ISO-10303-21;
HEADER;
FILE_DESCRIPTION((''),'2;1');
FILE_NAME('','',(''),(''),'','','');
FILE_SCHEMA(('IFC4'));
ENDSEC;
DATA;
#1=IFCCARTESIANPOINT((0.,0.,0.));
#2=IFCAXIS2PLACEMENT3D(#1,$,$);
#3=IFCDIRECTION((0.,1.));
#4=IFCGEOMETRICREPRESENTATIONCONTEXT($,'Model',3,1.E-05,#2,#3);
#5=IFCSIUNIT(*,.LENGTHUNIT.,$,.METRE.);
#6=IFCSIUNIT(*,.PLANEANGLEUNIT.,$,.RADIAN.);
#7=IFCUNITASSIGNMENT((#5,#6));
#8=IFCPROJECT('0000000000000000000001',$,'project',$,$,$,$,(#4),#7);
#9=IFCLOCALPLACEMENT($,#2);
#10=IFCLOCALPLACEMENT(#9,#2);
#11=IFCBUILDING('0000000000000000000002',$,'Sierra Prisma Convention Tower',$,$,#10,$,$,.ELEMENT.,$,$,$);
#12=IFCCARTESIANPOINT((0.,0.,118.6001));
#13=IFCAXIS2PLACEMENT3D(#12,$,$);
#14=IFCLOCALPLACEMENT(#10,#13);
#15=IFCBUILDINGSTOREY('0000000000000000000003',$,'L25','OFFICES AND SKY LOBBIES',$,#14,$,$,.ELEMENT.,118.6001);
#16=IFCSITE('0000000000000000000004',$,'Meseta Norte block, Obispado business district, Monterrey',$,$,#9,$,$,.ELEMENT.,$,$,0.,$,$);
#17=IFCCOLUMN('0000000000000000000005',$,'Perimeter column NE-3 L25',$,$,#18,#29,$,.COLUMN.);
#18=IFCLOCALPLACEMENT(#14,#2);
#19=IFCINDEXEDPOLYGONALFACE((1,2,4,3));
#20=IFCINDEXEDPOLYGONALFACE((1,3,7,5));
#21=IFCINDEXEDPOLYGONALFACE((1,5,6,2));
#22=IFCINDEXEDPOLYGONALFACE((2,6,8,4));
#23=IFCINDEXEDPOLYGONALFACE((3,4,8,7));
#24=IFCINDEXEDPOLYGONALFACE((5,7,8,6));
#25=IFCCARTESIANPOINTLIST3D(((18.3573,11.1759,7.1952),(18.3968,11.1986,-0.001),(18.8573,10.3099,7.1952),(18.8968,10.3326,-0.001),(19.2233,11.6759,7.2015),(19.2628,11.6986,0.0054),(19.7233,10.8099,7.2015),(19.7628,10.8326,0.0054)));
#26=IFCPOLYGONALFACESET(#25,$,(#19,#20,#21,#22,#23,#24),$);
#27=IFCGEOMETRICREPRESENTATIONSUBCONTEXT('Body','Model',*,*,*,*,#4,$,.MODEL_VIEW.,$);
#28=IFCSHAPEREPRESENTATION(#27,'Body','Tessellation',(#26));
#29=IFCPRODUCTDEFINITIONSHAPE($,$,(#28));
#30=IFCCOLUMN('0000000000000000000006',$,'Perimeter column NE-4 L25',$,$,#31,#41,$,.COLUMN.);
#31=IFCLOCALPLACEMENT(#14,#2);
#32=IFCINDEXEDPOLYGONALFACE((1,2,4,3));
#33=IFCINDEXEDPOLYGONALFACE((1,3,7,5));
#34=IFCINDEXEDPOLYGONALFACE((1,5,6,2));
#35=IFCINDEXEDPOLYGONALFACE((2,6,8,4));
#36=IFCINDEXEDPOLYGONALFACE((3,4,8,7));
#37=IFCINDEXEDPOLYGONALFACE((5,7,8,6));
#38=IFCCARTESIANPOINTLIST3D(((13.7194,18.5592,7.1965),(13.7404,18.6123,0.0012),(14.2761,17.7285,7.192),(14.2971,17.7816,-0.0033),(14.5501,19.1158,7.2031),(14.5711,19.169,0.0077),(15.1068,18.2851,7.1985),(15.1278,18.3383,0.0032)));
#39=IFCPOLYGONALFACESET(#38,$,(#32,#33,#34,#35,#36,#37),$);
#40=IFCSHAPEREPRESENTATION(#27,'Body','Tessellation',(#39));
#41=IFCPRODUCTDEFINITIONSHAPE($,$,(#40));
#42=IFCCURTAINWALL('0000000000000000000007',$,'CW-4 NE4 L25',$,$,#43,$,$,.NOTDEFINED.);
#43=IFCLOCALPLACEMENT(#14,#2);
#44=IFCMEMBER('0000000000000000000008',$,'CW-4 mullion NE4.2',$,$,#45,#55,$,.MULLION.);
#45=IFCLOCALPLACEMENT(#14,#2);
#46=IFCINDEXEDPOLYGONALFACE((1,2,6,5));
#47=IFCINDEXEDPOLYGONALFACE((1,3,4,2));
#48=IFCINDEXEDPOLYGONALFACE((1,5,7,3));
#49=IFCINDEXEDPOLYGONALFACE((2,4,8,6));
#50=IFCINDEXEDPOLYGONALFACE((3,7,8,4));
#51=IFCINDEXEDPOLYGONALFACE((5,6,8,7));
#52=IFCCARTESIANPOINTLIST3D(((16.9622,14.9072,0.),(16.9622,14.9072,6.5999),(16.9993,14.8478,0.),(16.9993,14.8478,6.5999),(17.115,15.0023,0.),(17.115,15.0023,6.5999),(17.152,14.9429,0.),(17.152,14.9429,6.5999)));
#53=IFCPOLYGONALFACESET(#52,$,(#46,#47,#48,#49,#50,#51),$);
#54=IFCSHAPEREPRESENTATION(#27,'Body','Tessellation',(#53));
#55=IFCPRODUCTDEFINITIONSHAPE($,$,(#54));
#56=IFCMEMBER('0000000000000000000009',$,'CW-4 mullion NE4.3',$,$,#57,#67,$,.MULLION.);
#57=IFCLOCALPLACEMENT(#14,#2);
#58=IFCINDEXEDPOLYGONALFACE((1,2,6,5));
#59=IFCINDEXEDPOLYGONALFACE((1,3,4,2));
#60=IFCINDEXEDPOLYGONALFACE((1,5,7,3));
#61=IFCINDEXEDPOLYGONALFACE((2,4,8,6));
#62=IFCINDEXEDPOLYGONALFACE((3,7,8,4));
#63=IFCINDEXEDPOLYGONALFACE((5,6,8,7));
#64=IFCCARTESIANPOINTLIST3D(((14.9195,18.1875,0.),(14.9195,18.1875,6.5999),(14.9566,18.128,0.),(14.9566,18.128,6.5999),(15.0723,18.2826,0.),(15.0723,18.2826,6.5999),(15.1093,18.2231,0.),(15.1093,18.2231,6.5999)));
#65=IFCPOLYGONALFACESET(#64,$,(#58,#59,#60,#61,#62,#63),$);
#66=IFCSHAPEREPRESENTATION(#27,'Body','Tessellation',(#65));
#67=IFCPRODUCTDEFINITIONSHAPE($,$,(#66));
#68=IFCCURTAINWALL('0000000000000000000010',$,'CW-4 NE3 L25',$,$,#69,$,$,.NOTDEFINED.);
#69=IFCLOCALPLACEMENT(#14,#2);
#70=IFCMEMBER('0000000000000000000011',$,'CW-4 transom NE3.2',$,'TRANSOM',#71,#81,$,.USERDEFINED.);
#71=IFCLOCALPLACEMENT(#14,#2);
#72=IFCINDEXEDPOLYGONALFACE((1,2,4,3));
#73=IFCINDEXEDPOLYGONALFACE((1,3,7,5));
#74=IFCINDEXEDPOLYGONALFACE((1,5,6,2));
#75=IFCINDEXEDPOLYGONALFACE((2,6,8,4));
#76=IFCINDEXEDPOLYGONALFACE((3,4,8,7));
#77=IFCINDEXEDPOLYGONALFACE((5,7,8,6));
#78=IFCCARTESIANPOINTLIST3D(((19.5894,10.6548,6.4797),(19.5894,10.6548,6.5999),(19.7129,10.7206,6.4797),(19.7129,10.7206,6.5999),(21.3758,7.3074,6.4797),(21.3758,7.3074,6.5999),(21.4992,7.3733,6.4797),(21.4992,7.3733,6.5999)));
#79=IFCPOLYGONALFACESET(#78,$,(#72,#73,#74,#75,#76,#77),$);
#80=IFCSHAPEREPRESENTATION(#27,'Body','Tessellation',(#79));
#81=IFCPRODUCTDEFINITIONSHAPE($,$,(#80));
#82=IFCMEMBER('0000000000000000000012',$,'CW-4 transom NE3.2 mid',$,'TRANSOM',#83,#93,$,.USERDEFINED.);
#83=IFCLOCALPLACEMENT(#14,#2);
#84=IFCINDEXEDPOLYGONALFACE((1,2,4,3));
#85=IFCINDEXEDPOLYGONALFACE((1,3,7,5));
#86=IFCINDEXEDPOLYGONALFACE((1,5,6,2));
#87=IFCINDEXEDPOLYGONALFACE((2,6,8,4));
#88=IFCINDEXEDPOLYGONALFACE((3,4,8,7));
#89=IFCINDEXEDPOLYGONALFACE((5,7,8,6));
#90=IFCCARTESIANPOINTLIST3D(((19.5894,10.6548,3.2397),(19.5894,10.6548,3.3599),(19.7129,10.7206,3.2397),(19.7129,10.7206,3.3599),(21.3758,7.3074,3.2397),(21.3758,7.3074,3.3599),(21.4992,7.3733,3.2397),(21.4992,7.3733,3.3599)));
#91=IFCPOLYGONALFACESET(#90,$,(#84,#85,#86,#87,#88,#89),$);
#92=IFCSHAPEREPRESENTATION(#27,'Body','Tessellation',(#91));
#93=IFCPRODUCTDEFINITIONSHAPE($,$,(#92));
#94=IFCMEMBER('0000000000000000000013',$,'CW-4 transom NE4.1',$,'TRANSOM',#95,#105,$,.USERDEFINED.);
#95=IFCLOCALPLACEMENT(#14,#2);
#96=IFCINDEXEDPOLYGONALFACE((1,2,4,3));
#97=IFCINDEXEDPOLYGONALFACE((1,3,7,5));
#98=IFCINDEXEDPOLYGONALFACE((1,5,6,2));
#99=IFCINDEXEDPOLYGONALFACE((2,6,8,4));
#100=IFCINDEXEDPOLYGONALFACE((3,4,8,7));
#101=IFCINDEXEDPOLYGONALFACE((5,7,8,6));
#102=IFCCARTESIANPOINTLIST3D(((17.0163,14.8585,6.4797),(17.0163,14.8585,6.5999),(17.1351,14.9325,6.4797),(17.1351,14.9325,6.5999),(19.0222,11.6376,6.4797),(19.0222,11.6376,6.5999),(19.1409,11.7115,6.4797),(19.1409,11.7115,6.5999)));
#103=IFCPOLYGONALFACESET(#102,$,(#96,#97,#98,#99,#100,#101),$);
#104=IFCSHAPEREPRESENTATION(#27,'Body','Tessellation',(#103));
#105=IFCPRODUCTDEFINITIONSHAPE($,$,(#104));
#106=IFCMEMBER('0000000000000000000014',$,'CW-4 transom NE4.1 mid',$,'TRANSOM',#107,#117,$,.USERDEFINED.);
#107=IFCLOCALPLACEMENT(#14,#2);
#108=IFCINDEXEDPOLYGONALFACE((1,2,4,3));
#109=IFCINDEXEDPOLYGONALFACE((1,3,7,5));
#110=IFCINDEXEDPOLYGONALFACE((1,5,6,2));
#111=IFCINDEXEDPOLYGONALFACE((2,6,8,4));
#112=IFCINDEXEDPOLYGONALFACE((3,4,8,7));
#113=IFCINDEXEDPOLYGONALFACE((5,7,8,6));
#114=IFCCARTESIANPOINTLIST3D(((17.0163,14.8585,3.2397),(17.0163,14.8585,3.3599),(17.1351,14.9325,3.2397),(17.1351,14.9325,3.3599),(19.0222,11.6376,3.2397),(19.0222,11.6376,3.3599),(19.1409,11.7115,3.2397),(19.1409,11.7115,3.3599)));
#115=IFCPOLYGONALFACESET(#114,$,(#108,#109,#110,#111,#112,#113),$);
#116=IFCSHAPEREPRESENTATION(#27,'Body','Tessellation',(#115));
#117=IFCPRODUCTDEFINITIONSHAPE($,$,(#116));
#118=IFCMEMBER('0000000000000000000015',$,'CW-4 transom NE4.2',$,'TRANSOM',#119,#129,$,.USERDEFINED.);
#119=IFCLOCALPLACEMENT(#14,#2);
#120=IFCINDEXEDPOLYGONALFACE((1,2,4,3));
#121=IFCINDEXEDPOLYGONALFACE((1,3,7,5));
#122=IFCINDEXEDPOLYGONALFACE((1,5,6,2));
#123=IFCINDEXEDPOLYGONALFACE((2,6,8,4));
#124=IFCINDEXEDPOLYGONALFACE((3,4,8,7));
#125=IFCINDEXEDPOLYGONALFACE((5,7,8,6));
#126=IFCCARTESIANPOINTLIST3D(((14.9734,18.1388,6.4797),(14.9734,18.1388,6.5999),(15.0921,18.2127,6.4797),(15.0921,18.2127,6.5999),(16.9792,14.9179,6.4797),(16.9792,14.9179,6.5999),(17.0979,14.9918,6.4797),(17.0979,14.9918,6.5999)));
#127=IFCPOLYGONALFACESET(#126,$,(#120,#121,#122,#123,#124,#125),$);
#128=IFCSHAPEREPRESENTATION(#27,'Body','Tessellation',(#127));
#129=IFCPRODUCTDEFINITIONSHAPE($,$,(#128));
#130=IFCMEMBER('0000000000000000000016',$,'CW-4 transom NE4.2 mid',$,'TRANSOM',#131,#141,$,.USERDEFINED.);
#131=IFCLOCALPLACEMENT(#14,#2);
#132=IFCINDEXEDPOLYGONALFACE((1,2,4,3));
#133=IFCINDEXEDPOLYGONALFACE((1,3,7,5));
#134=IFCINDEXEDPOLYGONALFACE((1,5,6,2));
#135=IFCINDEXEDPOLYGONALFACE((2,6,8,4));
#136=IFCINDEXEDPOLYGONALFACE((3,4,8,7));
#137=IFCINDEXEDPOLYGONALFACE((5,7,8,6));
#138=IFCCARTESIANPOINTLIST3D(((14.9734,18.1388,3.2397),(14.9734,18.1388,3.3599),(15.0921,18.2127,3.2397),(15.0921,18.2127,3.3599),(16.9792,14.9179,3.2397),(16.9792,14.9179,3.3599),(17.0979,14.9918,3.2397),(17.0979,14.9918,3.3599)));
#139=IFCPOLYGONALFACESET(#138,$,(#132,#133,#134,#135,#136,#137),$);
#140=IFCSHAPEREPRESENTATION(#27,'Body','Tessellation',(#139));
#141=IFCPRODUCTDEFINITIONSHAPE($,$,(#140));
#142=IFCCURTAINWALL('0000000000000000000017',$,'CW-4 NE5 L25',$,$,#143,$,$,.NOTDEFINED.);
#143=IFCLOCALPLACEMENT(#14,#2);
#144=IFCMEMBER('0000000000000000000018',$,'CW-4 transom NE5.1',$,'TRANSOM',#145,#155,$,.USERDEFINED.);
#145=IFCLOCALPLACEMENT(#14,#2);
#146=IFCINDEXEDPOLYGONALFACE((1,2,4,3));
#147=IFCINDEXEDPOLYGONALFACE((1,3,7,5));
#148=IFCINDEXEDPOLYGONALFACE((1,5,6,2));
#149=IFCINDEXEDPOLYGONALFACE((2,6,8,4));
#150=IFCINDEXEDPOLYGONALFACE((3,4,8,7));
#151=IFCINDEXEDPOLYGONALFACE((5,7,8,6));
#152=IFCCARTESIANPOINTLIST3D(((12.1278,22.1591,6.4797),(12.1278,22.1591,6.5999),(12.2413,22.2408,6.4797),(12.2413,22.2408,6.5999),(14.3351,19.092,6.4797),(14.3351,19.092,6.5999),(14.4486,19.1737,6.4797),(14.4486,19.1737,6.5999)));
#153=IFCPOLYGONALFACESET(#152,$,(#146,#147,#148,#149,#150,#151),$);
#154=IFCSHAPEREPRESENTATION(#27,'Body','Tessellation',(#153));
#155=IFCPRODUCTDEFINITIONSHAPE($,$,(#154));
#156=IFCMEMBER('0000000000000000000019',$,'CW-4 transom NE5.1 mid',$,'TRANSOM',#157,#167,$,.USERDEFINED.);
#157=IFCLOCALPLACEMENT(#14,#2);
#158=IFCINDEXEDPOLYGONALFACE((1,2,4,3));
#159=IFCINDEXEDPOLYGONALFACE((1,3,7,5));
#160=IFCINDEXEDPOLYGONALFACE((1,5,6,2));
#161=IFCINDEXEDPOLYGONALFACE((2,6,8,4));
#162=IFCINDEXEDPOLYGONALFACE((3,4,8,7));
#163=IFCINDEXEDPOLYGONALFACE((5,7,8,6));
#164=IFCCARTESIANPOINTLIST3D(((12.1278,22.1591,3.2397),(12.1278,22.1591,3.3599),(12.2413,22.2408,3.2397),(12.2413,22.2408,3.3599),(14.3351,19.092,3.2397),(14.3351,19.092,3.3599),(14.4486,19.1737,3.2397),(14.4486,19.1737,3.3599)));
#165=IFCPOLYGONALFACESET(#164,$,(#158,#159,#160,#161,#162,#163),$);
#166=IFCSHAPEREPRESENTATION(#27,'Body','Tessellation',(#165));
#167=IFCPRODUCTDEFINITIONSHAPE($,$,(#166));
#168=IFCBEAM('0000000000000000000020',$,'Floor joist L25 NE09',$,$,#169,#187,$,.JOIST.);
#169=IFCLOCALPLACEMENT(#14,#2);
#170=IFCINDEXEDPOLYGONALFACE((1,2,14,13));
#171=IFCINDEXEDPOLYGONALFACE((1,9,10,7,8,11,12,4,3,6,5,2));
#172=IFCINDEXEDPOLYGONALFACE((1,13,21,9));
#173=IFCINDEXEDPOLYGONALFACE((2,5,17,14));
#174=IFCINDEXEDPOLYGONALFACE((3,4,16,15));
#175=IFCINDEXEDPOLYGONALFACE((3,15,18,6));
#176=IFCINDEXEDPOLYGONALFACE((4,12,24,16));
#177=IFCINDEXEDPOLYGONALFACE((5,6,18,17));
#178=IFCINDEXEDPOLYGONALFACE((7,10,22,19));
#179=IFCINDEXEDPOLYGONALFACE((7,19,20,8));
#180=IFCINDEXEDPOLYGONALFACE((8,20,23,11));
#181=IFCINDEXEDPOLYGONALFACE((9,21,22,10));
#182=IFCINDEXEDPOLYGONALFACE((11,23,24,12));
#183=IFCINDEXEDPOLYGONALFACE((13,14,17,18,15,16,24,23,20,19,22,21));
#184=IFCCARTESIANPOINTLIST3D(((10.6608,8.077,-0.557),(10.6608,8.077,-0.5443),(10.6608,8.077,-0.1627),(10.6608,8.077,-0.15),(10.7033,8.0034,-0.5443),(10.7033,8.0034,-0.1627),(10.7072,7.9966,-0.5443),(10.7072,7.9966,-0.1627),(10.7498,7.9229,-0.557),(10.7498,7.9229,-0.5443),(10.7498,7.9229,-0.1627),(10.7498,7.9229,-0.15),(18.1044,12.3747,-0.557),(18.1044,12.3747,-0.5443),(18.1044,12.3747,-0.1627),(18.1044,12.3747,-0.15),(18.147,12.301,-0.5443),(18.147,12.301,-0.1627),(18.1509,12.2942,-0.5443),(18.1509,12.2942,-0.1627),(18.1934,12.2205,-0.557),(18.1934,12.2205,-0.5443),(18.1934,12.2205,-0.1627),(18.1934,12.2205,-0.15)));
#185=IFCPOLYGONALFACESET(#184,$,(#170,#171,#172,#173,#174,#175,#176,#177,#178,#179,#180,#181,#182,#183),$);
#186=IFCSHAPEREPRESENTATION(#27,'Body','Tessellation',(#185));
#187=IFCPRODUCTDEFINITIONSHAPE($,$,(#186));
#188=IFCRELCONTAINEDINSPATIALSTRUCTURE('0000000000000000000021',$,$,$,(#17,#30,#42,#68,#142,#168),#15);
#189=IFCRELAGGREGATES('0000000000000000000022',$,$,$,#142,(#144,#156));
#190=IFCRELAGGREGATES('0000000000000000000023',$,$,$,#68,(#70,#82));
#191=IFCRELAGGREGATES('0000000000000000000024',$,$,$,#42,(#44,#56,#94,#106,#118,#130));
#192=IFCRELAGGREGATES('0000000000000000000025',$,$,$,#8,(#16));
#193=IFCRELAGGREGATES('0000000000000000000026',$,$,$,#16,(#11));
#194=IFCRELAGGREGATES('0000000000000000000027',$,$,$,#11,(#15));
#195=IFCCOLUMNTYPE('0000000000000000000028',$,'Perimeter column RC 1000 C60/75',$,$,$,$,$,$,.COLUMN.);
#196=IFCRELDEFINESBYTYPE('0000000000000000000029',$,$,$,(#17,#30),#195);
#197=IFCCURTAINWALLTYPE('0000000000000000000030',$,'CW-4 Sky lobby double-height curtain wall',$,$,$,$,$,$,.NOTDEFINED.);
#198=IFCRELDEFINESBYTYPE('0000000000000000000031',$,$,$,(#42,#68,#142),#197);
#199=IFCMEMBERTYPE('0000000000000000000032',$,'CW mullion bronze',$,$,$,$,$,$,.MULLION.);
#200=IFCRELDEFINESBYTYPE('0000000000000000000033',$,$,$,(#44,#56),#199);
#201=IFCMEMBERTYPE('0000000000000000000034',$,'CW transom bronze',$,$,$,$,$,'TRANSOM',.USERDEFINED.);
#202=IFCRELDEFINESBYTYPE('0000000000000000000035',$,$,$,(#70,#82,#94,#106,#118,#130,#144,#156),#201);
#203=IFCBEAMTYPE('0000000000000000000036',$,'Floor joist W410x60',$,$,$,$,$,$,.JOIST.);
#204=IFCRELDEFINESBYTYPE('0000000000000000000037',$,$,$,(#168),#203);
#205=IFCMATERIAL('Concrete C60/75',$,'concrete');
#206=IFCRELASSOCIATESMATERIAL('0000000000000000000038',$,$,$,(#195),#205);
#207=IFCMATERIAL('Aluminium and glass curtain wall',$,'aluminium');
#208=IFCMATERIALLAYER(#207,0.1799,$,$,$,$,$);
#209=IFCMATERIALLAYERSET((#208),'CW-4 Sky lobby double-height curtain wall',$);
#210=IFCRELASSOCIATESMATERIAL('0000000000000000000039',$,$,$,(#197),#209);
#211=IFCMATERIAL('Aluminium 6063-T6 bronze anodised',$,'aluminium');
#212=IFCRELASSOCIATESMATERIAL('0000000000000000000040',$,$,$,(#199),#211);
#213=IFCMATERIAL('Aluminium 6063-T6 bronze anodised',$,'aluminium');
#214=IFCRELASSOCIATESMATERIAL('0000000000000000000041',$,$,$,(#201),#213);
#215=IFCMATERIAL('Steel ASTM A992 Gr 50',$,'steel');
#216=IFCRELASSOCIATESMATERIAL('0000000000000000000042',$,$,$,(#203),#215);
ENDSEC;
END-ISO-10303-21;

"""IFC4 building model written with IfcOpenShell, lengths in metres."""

from ifc_helpers import new_model, si_unit, direction, frame, origin, origin_2d, place, context, subcontext, project, spatial, rectangle, i_section, extrude, clip, halfspace, material, layer, layer_set, material_profile, profile_set, type_object, element, aggregate, save


model = new_model("IFC4")

# Units and contexts
model_context = context("Model", 3, precision=1e-05, world=origin(), true_north=direction((0.0, 1.0)))
body_context = subcontext(model_context, "Body", "Model", "MODEL_VIEW")
ifc_project = project(units=[si_unit("LENGTHUNIT", "METRE"), si_unit("PLANEANGLEUNIT", "RADIAN")], contexts=[model_context])

# Site, building, storey
site_placement = place(None, origin())
site = spatial("IfcSite", under=ifc_project, at=site_placement, Name="Meseta Norte block, Obispado business district, Monterrey", CompositionType="ELEMENT", RefElevation=0.0)
building_placement = place(site_placement, origin())
building = spatial("IfcBuilding", under=site, at=building_placement, Name="Sierra Prisma Convention Tower", CompositionType="ELEMENT")
storey_placement = place(building_placement, frame((0.0, 0.0, 118.6001)))
storey = spatial("IfcBuildingStorey", under=building, at=storey_placement, Name="L25", Description="OFFICES AND SKY LOBBIES", CompositionType="ELEMENT", Elevation=118.6001)

# Columns
ifc_material_1 = material(Name="Concrete C60/75", Category="concrete")
ifc_material_profile_1 = material_profile(ifc_material_1, rectangle(XDim=1.0, YDim=1.0, at=origin_2d()), Name="Perimeter column RC 1000 C60/75")
ifc_profile_set_1 = profile_set([ifc_material_profile_1], Name="Concrete C60/75")
column_type = type_object("IfcColumnType", Name="Perimeter column RC 1000 C60/75", PredefinedType="COLUMN", material=ifc_profile_set_1)
column_1_placement = place(storey_placement, frame((19.0798, 11.0156, 0.0), z_axis=(-0.005493, -0.003153, 0.99998), x_axis=(-0.499992, 0.86603, -0.000016)))
element("IfcColumn", 1, at=column_1_placement, inside=storey, type_object=column_type, Name="Perimeter column NE-3 L25", PredefinedType="COLUMN", context=body_context, shape_type="SweptSolid", body=[
    clip(clip(extrude(rectangle(XDim=1.0, YDim=1.0, at=origin_2d()), origin(), (0.0, 0.0, 1.0), 7.2002), halfspace(frame((0.0, 0.0, 0.0022)), True)), halfspace(frame((0.0, 0.0, 7.1985)), False)),
])
column_2_placement = place(storey_placement, frame((14.4341, 18.4753, 0.0), z_axis=(-0.002916, -0.007392, 0.999968), x_axis=(-0.556692, 0.830707, 0.004517)))
element("IfcColumn", 2, at=column_2_placement, inside=storey, type_object=column_type, Name="Perimeter column NE-4 L25", PredefinedType="COLUMN", context=body_context, shape_type="SweptSolid", body=[
    clip(clip(extrude(rectangle(XDim=1.0, YDim=1.0, at=origin_2d()), origin(), (0.0, 0.0, 1.0), 7.2002), halfspace(frame((0.0, 0.0, 0.0022)), True)), halfspace(frame((0.0, 0.0, 7.1978)), False)),
])

# Curtain walls, members
ifc_material_2 = material(Name="Aluminium and glass curtain wall", Category="aluminium")
ifc_layer_1 = layer(ifc_material_2, 0.1799)
ifc_layer_set_1 = layer_set([ifc_layer_1], Name="CW-4 Sky lobby double-height curtain wall")
curtain_wall_type = type_object("IfcCurtainWallType", Name="CW-4 Sky lobby double-height curtain wall", PredefinedType="NOTDEFINED", material=ifc_layer_set_1)
curtain_wall_1_placement = place(storey_placement, origin())
curtain_wall_1 = element("IfcCurtainWall", 3, at=curtain_wall_1_placement, inside=storey, type_object=curtain_wall_type, Name="CW-4 NE4 L25", PredefinedType="NOTDEFINED")
ifc_material_3 = material(Name="Aluminium 6063-T6 bronze anodised", Category="aluminium")
ifc_material_profile_2 = material_profile(ifc_material_3, rectangle(XDim=0.1799, YDim=0.0701, at=origin_2d()), Name="ALU MULLION 70x180")
ifc_profile_set_2 = profile_set([ifc_material_profile_2], Name="Aluminium 6063-T6 bronze anodised")
member_type_1 = type_object("IfcMemberType", Name="CW mullion bronze", PredefinedType="MULLION", material=ifc_profile_set_2)
member_1_placement = place(storey_placement, frame((17.0571, 14.925, 0.0), z_axis=(0.0, 0.0, 1.0), x_axis=(-0.848845, -0.528642, 0.0)))
member_1 = element("IfcMember", 4, at=member_1_placement, type_object=member_type_1, Name="CW-4 mullion NE4.2", PredefinedType="MULLION", context=body_context, shape_type="SweptSolid", body=[
    extrude(rectangle(XDim=0.1799, YDim=0.0701, at=origin_2d()), origin(), (0.0, 0.0, 1.0), 6.5999),
])
member_2_placement = place(storey_placement, frame((15.0144, 18.2053, 0.0), z_axis=(0.0, 0.0, 1.0), x_axis=(-0.848845, -0.528642, 0.0)))
member_2 = element("IfcMember", 5, at=member_2_placement, type_object=member_type_1, Name="CW-4 mullion NE4.3", PredefinedType="MULLION", context=body_context, shape_type="SweptSolid", body=[
    extrude(rectangle(XDim=0.1799, YDim=0.0701, at=origin_2d()), origin(), (0.0, 0.0, 1.0), 6.5999),
])
curtain_wall_2_placement = place(storey_placement, origin())
curtain_wall_2 = element("IfcCurtainWall", 6, at=curtain_wall_2_placement, inside=storey, type_object=curtain_wall_type, Name="CW-4 NE3 L25", PredefinedType="NOTDEFINED")
ifc_material_4 = material(Name="Aluminium 6063-T6 bronze anodised", Category="aluminium")
ifc_material_profile_3 = material_profile(ifc_material_4, rectangle(XDim=0.1399, YDim=0.1201, at=origin_2d()), Name="ALU TRANSOM 120x140")
ifc_profile_set_3 = profile_set([ifc_material_profile_3], Name="Aluminium 6063-T6 bronze anodised")
member_type_2 = type_object("IfcMemberType", Name="CW transom bronze", ElementType="TRANSOM", PredefinedType="USERDEFINED", material=ifc_profile_set_3)
member_3_placement = place(storey_placement, frame((21.4375, 7.3403, 6.5398), z_axis=(-0.470812, 0.882234, 0.0), x_axis=(-0.882234, -0.470812, 0.0)))
member_3 = element("IfcMember", 7, at=member_3_placement, type_object=member_type_2, Name="CW-4 transom NE3.2", ObjectType="TRANSOM", PredefinedType="USERDEFINED", context=body_context, shape_type="SweptSolid", body=[
    extrude(rectangle(XDim=0.1399, YDim=0.1201, at=origin_2d()), origin(), (0.0, 0.0, 1.0), 3.7942),
])
member_4_placement = place(storey_placement, frame((21.4375, 7.3403, 3.2998), z_axis=(-0.470812, 0.882234, 0.0), x_axis=(-0.882234, -0.470812, 0.0)))
member_4 = element("IfcMember", 8, at=member_4_placement, type_object=member_type_2, Name="CW-4 transom NE3.2 mid", ObjectType="TRANSOM", PredefinedType="USERDEFINED", context=body_context, shape_type="SweptSolid", body=[
    extrude(rectangle(XDim=0.1399, YDim=0.1201, at=origin_2d()), origin(), (0.0, 0.0, 1.0), 3.7942),
])

# Members
member_5_placement = place(storey_placement, frame((19.0815, 11.6746, 6.5398), z_axis=(-0.528628, 0.848854, 0.0), x_axis=(-0.848854, -0.528628, 0.0)))
member_5 = element("IfcMember", 9, at=member_5_placement, type_object=member_type_2, Name="CW-4 transom NE4.1", ObjectType="TRANSOM", PredefinedType="USERDEFINED", context=body_context, shape_type="SweptSolid", body=[
    extrude(rectangle(XDim=0.1399, YDim=0.1201, at=origin_2d()), origin(), (0.0, 0.0, 1.0), 3.7944),
])
member_6_placement = place(storey_placement, frame((19.0815, 11.6746, 3.2998), z_axis=(-0.528628, 0.848854, 0.0), x_axis=(-0.848854, -0.528628, 0.0)))
member_6 = element("IfcMember", 10, at=member_6_placement, type_object=member_type_2, Name="CW-4 transom NE4.1 mid", ObjectType="TRANSOM", PredefinedType="USERDEFINED", context=body_context, shape_type="SweptSolid", body=[
    extrude(rectangle(XDim=0.1399, YDim=0.1201, at=origin_2d()), origin(), (0.0, 0.0, 1.0), 3.7944),
])
member_7_placement = place(storey_placement, frame((17.0386, 14.9548, 6.5398), z_axis=(-0.528628, 0.848854, 0.0), x_axis=(-0.848854, -0.528628, 0.0)))
member_7 = element("IfcMember", 11, at=member_7_placement, type_object=member_type_2, Name="CW-4 transom NE4.2", ObjectType="TRANSOM", PredefinedType="USERDEFINED", context=body_context, shape_type="SweptSolid", body=[
    extrude(rectangle(XDim=0.1399, YDim=0.1201, at=origin_2d()), origin(), (0.0, 0.0, 1.0), 3.7944),
])
member_8_placement = place(storey_placement, frame((17.0386, 14.9548, 3.2998), z_axis=(-0.528628, 0.848854, 0.0), x_axis=(-0.848854, -0.528628, 0.0)))
member_8 = element("IfcMember", 12, at=member_8_placement, type_object=member_type_2, Name="CW-4 transom NE4.2 mid", ObjectType="TRANSOM", PredefinedType="USERDEFINED", context=body_context, shape_type="SweptSolid", body=[
    extrude(rectangle(XDim=0.1399, YDim=0.1201, at=origin_2d()), origin(), (0.0, 0.0, 1.0), 3.7944),
])

# Curtain wall, members
curtain_wall_3_placement = place(storey_placement, origin())
curtain_wall_3 = element("IfcCurtainWall", 13, at=curtain_wall_3_placement, inside=storey, type_object=curtain_wall_type, Name="CW-4 NE5 L25", PredefinedType="NOTDEFINED")
member_9_placement = place(storey_placement, frame((14.3918, 19.1328, 6.5398), z_axis=(-0.584119, 0.811668, 0.0), x_axis=(-0.811668, -0.584119, 0.0)))
member_9 = element("IfcMember", 14, at=member_9_placement, type_object=member_type_2, Name="CW-4 transom NE5.1", ObjectType="TRANSOM", PredefinedType="USERDEFINED", context=body_context, shape_type="SweptSolid", body=[
    extrude(rectangle(XDim=0.1399, YDim=0.1201, at=origin_2d()), origin(), (0.0, 0.0, 1.0), 3.7788),
])
member_10_placement = place(storey_placement, frame((14.3918, 19.1328, 3.2998), z_axis=(-0.584119, 0.811668, 0.0), x_axis=(-0.811668, -0.584119, 0.0)))
member_10 = element("IfcMember", 15, at=member_10_placement, type_object=member_type_2, Name="CW-4 transom NE5.1 mid", ObjectType="TRANSOM", PredefinedType="USERDEFINED", context=body_context, shape_type="SweptSolid", body=[
    extrude(rectangle(XDim=0.1399, YDim=0.1201, at=origin_2d()), origin(), (0.0, 0.0, 1.0), 3.7788),
])
aggregate(curtain_wall_3, [member_9, member_10])

# Beam
ifc_material_5 = material(Name="Steel ASTM A992 Gr 50", Category="steel")
ifc_material_profile_4 = material_profile(ifc_material_5, i_section(OverallWidth=0.178, OverallDepth=0.407, WebThickness=0.0078, FlangeThickness=0.0127, at=origin_2d()), Name="W410x60")
ifc_profile_set_4 = profile_set([ifc_material_profile_4], Name="Steel ASTM A992 Gr 50")
beam_type_1 = type_object("IfcBeamType", Name="Floor joist W410x60", PredefinedType="JOIST", material=ifc_profile_set_4)
beam_1_placement = place(storey_placement, frame((18.1489, 12.2976, -0.3535), z_axis=(-0.866023, -0.500004, 0.0), x_axis=(0.500004, -0.866023, 0.0)))
element("IfcBeam", 16, at=beam_1_placement, inside=storey, type_object=beam_type_1, Name="Floor joist L25 NE09", PredefinedType="JOIST", context=body_context, shape_type="SweptSolid", body=[
    extrude(i_section(OverallWidth=0.178, OverallDepth=0.407, WebThickness=0.0078, FlangeThickness=0.0127, at=origin_2d()), origin(), (0.0, 0.0, 1.0), 8.5952),
])

aggregate(curtain_wall_2, [member_3, member_4])
aggregate(curtain_wall_1, [member_1, member_2, member_5, member_6, member_7, member_8])

save(model, "model.ifc")
